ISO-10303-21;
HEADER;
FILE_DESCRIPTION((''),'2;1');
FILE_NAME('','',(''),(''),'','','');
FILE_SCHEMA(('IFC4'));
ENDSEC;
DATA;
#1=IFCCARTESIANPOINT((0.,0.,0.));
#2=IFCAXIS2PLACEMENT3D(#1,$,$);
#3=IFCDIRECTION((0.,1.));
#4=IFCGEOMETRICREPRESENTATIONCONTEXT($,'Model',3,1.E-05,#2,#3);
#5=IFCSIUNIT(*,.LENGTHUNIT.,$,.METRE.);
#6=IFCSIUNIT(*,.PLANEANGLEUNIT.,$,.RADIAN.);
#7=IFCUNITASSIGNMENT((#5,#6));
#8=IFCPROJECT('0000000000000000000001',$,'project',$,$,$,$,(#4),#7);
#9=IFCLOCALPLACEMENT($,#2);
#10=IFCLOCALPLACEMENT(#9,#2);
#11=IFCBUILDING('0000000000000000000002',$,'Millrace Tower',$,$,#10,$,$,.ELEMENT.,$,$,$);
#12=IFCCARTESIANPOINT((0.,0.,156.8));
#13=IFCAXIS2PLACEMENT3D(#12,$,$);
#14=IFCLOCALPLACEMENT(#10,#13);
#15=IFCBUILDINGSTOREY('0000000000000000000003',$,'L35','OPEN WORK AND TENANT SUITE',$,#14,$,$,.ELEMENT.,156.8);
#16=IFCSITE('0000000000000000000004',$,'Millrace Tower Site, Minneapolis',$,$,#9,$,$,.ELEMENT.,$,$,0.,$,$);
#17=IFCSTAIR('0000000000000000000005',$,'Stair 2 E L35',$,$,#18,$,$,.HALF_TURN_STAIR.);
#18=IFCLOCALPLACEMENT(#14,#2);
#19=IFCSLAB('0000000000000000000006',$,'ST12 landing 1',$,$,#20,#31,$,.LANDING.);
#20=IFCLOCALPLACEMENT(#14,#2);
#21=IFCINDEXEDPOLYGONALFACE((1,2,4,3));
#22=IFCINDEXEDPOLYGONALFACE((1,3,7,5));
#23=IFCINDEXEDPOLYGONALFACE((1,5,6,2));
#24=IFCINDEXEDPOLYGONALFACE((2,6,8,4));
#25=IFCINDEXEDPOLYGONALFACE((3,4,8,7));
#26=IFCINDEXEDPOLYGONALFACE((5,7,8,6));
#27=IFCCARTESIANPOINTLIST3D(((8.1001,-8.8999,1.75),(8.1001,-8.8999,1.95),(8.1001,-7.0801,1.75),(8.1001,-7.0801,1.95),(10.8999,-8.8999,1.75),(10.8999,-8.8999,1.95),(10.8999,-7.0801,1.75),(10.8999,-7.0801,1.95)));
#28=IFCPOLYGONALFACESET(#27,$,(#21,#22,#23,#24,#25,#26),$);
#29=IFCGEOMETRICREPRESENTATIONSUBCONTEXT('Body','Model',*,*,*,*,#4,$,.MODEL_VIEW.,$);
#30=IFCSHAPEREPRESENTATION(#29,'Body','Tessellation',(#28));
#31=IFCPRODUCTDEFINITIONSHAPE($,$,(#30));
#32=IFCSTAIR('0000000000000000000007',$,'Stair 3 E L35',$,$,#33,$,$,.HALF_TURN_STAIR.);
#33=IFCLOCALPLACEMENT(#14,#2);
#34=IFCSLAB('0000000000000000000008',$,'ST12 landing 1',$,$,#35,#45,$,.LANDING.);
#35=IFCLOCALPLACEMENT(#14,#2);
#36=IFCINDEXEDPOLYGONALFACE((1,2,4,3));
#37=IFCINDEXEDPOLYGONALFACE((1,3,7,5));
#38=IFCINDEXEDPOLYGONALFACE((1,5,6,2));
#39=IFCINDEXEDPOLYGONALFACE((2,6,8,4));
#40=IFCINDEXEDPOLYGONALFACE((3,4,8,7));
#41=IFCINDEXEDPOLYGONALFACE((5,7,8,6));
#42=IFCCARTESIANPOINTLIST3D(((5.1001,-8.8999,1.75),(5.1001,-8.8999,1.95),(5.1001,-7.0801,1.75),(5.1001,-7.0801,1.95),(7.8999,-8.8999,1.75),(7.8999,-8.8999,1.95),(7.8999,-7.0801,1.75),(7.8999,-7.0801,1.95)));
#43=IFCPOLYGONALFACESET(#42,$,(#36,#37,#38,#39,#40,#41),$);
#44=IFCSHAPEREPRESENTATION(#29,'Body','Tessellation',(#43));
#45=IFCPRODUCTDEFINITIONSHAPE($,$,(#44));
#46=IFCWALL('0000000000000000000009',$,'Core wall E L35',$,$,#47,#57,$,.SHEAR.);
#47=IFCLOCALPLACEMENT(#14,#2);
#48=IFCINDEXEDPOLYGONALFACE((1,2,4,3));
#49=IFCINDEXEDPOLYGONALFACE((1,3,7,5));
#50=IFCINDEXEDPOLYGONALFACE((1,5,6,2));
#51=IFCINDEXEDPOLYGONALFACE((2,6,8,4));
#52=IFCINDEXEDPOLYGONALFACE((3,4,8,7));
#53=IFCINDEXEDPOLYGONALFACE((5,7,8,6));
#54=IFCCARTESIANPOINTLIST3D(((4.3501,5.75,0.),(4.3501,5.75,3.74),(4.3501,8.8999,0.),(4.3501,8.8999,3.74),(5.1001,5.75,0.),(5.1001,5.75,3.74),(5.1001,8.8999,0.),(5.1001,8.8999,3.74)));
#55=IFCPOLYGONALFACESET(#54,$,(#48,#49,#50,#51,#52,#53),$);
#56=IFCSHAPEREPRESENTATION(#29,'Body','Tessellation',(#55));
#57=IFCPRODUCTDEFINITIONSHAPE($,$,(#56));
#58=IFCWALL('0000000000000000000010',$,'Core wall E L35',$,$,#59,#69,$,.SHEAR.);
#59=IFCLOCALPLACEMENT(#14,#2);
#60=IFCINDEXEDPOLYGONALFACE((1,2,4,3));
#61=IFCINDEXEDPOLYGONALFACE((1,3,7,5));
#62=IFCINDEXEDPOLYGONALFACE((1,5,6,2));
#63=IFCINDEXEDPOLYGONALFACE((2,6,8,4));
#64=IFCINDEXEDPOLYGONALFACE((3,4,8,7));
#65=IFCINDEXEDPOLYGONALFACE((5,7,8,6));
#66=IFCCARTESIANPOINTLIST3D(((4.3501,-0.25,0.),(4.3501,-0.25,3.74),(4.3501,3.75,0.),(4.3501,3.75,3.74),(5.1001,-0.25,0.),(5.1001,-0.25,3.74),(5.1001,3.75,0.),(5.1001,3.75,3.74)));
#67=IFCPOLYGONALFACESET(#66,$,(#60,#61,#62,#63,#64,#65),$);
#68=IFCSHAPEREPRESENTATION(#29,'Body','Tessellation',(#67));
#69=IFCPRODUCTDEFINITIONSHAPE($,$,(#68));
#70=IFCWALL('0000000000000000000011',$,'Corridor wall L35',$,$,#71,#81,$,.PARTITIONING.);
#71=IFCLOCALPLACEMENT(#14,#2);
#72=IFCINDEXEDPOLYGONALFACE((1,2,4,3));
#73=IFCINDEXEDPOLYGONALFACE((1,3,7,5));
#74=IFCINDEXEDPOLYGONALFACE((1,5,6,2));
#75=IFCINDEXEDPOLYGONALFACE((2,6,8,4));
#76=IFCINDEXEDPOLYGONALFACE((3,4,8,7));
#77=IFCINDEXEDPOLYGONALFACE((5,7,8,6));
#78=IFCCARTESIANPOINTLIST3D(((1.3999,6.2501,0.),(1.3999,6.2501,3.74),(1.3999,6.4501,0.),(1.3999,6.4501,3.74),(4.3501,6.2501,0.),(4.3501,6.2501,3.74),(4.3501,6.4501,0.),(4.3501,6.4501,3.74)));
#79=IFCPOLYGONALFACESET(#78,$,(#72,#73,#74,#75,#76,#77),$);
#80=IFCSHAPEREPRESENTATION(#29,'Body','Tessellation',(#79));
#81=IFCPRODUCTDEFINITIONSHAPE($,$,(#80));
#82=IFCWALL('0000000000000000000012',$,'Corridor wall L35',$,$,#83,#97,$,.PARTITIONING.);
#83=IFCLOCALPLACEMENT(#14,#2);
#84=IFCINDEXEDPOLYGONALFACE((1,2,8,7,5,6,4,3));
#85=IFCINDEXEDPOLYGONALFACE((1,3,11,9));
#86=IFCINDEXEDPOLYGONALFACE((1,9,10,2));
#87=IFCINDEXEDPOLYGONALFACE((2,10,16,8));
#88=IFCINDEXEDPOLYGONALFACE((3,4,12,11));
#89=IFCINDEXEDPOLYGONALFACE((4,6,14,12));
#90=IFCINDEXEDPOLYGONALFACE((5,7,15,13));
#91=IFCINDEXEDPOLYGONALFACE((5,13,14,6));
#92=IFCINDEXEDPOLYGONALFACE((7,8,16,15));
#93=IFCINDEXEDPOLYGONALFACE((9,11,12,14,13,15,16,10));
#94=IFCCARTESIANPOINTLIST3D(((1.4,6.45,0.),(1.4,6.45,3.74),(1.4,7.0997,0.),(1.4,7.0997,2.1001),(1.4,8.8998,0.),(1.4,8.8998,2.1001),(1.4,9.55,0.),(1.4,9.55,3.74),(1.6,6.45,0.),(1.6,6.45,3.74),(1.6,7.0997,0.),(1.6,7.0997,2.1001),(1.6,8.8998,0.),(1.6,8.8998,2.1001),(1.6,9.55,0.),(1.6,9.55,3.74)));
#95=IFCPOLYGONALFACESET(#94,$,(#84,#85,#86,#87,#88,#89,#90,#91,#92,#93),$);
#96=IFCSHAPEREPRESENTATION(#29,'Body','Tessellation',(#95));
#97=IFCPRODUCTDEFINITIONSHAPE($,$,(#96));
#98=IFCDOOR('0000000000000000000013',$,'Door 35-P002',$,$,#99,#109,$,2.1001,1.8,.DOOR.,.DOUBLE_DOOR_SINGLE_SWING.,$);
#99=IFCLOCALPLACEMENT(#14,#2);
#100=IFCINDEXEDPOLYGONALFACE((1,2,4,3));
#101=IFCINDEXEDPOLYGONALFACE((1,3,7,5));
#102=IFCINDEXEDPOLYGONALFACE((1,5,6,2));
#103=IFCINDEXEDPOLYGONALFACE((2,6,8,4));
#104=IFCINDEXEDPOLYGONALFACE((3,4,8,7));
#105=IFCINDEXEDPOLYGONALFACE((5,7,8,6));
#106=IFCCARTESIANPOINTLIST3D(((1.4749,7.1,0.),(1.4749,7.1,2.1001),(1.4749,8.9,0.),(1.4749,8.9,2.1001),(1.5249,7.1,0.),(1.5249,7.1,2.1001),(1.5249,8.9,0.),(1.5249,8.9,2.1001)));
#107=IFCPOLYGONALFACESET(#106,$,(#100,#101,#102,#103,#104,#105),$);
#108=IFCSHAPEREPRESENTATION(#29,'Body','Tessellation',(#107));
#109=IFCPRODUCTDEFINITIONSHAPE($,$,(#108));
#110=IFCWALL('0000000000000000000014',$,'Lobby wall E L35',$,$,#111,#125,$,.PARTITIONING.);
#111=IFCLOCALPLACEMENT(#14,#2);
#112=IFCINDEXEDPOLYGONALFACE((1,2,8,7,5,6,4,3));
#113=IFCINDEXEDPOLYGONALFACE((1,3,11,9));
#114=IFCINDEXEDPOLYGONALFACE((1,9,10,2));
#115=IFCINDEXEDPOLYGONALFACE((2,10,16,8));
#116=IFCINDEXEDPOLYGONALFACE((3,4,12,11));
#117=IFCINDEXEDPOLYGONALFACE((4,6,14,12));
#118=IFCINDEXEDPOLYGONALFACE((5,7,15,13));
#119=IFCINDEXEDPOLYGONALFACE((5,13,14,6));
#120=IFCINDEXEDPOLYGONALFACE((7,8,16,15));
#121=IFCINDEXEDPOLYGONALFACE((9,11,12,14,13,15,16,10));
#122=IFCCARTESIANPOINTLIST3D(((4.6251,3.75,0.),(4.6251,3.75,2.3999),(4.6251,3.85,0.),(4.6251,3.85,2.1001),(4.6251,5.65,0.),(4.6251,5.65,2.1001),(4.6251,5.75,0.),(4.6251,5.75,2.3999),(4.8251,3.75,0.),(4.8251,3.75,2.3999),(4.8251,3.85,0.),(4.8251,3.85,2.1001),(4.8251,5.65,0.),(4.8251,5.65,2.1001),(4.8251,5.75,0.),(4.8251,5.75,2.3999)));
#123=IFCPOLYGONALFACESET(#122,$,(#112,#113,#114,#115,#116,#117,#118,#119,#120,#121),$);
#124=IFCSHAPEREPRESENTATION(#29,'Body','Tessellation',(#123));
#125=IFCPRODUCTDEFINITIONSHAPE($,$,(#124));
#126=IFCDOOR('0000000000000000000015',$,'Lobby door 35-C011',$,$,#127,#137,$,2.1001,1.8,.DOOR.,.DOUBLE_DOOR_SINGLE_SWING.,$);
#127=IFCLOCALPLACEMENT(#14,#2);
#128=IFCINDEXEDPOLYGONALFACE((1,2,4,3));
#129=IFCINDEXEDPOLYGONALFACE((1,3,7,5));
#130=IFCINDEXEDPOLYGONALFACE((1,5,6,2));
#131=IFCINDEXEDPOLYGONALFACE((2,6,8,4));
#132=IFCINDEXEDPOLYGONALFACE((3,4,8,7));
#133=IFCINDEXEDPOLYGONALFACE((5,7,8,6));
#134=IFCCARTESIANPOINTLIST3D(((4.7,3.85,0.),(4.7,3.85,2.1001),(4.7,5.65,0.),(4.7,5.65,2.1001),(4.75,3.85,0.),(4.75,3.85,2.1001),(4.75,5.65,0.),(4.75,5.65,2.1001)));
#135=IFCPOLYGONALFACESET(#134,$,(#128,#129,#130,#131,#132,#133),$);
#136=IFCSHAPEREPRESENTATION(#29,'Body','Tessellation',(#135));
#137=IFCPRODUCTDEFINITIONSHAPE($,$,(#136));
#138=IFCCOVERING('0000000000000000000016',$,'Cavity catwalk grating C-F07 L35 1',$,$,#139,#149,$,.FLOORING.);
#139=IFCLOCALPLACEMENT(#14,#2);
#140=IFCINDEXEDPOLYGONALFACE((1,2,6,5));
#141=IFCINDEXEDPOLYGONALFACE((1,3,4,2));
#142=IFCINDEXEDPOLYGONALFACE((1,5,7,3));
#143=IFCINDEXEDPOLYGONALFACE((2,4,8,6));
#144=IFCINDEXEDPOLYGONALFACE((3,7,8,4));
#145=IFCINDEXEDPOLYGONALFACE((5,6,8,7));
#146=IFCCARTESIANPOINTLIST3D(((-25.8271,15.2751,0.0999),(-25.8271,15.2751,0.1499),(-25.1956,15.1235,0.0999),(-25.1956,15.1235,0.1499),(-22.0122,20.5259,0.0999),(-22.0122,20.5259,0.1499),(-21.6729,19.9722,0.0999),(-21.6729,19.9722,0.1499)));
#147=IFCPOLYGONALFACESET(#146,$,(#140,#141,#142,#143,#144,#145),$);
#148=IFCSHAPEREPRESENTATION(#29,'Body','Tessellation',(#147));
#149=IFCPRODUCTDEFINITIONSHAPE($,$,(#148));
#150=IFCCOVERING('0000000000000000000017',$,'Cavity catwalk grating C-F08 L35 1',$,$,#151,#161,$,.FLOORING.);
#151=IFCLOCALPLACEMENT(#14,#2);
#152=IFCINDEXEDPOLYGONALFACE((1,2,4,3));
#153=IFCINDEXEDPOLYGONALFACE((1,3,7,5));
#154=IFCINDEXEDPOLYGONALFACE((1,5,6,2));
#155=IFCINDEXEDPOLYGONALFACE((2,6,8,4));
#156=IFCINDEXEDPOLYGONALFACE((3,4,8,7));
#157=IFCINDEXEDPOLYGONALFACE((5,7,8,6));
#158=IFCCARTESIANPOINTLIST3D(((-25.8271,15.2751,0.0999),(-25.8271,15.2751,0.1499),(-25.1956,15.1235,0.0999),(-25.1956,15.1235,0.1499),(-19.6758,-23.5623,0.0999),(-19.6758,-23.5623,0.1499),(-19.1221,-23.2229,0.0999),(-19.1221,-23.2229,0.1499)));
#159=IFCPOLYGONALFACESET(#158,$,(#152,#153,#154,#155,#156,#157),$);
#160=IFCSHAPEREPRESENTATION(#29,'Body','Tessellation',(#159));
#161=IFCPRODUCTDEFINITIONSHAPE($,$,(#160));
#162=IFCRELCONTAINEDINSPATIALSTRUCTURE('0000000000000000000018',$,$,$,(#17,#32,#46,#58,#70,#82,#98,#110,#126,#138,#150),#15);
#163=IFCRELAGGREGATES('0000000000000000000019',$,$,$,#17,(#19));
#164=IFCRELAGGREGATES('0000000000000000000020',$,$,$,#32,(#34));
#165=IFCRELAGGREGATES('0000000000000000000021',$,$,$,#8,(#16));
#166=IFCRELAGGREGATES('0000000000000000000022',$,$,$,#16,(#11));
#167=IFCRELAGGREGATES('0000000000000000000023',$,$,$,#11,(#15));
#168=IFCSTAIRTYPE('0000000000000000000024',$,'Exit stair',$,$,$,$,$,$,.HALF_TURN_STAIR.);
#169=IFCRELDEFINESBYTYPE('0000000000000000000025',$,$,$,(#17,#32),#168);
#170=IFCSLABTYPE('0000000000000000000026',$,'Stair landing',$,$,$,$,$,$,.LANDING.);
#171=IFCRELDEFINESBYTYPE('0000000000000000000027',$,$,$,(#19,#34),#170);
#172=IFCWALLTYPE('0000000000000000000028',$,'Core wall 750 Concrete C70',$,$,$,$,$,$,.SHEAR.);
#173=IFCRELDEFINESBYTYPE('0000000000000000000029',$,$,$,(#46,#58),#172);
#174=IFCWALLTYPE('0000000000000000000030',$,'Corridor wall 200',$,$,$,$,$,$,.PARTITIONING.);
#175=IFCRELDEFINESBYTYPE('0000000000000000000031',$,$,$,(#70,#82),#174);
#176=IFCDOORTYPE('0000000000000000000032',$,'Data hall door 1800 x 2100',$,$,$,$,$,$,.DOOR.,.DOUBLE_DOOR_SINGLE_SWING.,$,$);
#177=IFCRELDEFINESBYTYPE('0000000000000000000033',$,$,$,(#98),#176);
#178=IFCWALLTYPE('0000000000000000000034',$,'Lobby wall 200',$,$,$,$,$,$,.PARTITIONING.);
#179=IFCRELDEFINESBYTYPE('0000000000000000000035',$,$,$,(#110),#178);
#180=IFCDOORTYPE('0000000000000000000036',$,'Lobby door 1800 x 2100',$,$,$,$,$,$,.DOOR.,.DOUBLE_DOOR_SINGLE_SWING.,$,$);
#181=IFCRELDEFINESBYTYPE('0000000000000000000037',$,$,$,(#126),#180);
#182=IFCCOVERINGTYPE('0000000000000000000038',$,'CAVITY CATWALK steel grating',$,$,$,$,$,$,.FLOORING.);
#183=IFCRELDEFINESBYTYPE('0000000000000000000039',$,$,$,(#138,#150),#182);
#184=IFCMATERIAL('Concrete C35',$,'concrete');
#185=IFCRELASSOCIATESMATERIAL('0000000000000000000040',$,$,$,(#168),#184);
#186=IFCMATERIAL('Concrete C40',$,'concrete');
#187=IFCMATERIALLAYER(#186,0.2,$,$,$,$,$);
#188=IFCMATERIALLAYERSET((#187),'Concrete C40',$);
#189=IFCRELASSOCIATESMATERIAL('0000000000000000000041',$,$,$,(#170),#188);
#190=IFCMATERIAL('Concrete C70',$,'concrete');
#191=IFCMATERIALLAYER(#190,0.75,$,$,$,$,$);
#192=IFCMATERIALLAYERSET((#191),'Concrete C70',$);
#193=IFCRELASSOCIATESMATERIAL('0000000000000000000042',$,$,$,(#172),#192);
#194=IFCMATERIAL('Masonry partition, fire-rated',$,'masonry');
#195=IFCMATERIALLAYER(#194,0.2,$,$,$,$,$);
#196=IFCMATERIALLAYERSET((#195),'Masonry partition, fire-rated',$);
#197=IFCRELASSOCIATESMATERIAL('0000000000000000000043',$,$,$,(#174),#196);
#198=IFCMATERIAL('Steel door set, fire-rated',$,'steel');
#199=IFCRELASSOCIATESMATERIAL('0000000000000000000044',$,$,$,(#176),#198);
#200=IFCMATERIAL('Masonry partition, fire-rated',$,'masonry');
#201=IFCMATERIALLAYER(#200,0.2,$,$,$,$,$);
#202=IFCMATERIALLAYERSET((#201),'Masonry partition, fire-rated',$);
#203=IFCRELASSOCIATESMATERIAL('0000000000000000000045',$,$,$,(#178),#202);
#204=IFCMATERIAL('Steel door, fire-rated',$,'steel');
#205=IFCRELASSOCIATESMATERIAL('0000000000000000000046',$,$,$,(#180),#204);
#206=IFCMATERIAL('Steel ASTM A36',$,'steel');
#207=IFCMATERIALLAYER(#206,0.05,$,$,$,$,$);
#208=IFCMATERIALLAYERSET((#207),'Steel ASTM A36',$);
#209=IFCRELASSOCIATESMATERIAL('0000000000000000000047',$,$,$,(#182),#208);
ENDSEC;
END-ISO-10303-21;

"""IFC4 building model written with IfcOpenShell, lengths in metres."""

from ifc_helpers import new_model, si_unit, direction, frame, frame_2d, origin, place, context, subcontext, project, spatial, polyline, rectangle, outline, extrude, material, layer, layer_set, type_object, element, fill, aggregate, save


model = new_model("IFC4")

# Units and contexts
model_context = context("Model", 3, precision=1e-05, world=origin(), true_north=direction((0.0, 1.0)))
body_context = subcontext(model_context, "Body", "Model", "MODEL_VIEW")
ifc_project = project(units=[si_unit("LENGTHUNIT", "METRE"), si_unit("PLANEANGLEUNIT", "RADIAN")], contexts=[model_context])

# Site, building, storey
site_placement = place(None, origin())
site = spatial("IfcSite", under=ifc_project, at=site_placement, Name="Millrace Tower Site, Minneapolis", CompositionType="ELEMENT", RefElevation=0.0)
building_placement = place(site_placement, origin())
building = spatial("IfcBuilding", under=site, at=building_placement, Name="Millrace Tower", CompositionType="ELEMENT")
storey_placement = place(building_placement, frame((0.0, 0.0, 156.8)))
storey = spatial("IfcBuildingStorey", under=building, at=storey_placement, Name="L35", Description="OPEN WORK AND TENANT SUITE", CompositionType="ELEMENT", Elevation=156.8)

# Shared definitions
placement_1 = place(storey_placement, origin())

# Stairs, slabs
ifc_material_1 = material(Name="Concrete C35", Category="concrete")
stair_type = type_object("IfcStairType", Name="Exit stair", PredefinedType="HALF_TURN_STAIR", material=ifc_material_1)
ifc_material_2 = material(Name="Concrete C40", Category="concrete")
ifc_layer_1 = layer(ifc_material_2, 0.2)
ifc_layer_set_1 = layer_set([ifc_layer_1], Name="Concrete C40")
slab_type = type_object("IfcSlabType", Name="Stair landing", PredefinedType="LANDING", material=ifc_layer_set_1)
placement_2 = place(storey_placement, frame((0.0, 0.0, 1.75)))
stair_1 = element("IfcStair", 1, at=placement_1, inside=storey, type_object=stair_type, Name="Stair 2 E L35", PredefinedType="HALF_TURN_STAIR")
slab_1 = element("IfcSlab", 2, at=placement_2, type_object=slab_type, Name="ST12 landing 1", PredefinedType="LANDING", context=body_context, shape_type="SweptSolid", body=[
    extrude(outline(polyline([(8.1001, -8.8999), (10.8999, -8.8999), (10.8999, -7.0801), (8.1001, -7.0801), (8.1001, -8.8999)])), origin(), (0.0, 0.0, 1.0), 0.2),
])
aggregate(stair_1, [slab_1])
stair_2 = element("IfcStair", 3, at=placement_1, inside=storey, type_object=stair_type, Name="Stair 3 E L35", PredefinedType="HALF_TURN_STAIR")
slab_2 = element("IfcSlab", 4, at=placement_2, type_object=slab_type, Name="ST12 landing 1", PredefinedType="LANDING", context=body_context, shape_type="SweptSolid", body=[
    extrude(outline(polyline([(5.1001, -8.8999), (7.8999, -8.8999), (7.8999, -7.0801), (5.1001, -7.0801), (5.1001, -8.8999)])), origin(), (0.0, 0.0, 1.0), 0.2),
])
aggregate(stair_2, [slab_2])

# Walls
ifc_material_3 = material(Name="Concrete C70", Category="concrete")
ifc_layer_2 = layer(ifc_material_3, 0.75)
ifc_layer_set_2 = layer_set([ifc_layer_2], Name="Concrete C70")
wall_type_1 = type_object("IfcWallType", Name="Core wall 750 Concrete C70", PredefinedType="SHEAR", material=ifc_layer_set_2)
wall_1_placement = place(storey_placement, frame((4.7251, 8.8999, 0.0), z_axis=(0.0, 0.0, 1.0), x_axis=(0.0, -1.0, 0.0)))
element("IfcWall", 5, at=wall_1_placement, inside=storey, type_object=wall_type_1, Name="Core wall E L35", PredefinedType="SHEAR", context=body_context, shape_type="SweptSolid", body=[
    extrude(rectangle(XDim=3.1499, YDim=0.75, at=frame_2d((1.575, 0.0))), origin(), (0.0, 0.0, 1.0), 3.74),
])
wall_2_placement = place(storey_placement, frame((4.7251, 3.75, 0.0), z_axis=(0.0, 0.0, 1.0), x_axis=(0.0, -1.0, 0.0)))
element("IfcWall", 6, at=wall_2_placement, inside=storey, type_object=wall_type_1, Name="Core wall E L35", PredefinedType="SHEAR", context=body_context, shape_type="SweptSolid", body=[
    extrude(rectangle(XDim=4.0, YDim=0.75, at=frame_2d((2.0, 0.0))), origin(), (0.0, 0.0, 1.0), 3.74),
])
ifc_material_4 = material(Name="Masonry partition, fire-rated", Category="masonry")
ifc_layer_3 = layer(ifc_material_4, 0.2)
ifc_layer_set_3 = layer_set([ifc_layer_3], Name="Masonry partition, fire-rated")
wall_type_2 = type_object("IfcWallType", Name="Corridor wall 200", PredefinedType="PARTITIONING", material=ifc_layer_set_3)
wall_3_placement = place(storey_placement, frame((1.3999, 6.3501, 0.0), z_axis=(0.0, 0.0, 1.0), x_axis=(1.0, 0.0, 0.0)))
element("IfcWall", 7, at=wall_3_placement, inside=storey, type_object=wall_type_2, Name="Corridor wall L35", PredefinedType="PARTITIONING", context=body_context, shape_type="SweptSolid", body=[
    extrude(rectangle(XDim=2.9502, YDim=0.2, at=frame_2d((1.4751, 0.0))), origin(), (0.0, 0.0, 1.0), 3.74),
])

# Walls, openings, doors
wall_4_placement = place(storey_placement, frame((1.5, 6.45, 0.0), z_axis=(0.0, 0.0, 1.0), x_axis=(0.0, 1.0, 0.0)))
wall_4 = element("IfcWall", 8, at=wall_4_placement, inside=storey, type_object=wall_type_2, Name="Corridor wall L35", PredefinedType="PARTITIONING", context=body_context, shape_type="SweptSolid", body=[
    extrude(rectangle(XDim=3.1001, YDim=0.2, at=frame_2d((1.55, 0.0))), origin(), (0.0, 0.0, 1.0), 3.74),
])
opening_1_placement = place(wall_4_placement, frame((0.6499, 0.0, 0.0)))
opening_1 = element("IfcOpeningElement", 9, at=opening_1_placement, cuts=wall_4, PredefinedType="OPENING", context=body_context, shape_type="SweptSolid", body=[
    extrude(rectangle(XDim=1.8, YDim=2.1001, at=frame_2d((0.8999, 1.05))), frame((0.0, 0.1099, 0.0), z_axis=(0.0, -1.0, 0.0), x_axis=(1.0, 0.0, 0.0)), (0.0, 0.0, 1.0), 0.22),
])
ifc_material_5 = material(Name="Steel door set, fire-rated", Category="steel")
door_type_1 = type_object("IfcDoorType", Name="Data hall door 1800 x 2100", OperationType="DOUBLE_DOOR_SINGLE_SWING", PredefinedType="DOOR", material=ifc_material_5)
door_1_placement = place(opening_1_placement, frame((1.8, 0.0, 0.0), z_axis=(0.0, 0.0, 1.0), x_axis=(-1.0, 0.0, 0.0)))
door_1 = element("IfcDoor", 10, at=door_1_placement, inside=storey, type_object=door_type_1, Name="Door 35-P002", OperationType="DOUBLE_DOOR_SINGLE_SWING", OverallHeight=2.1001, OverallWidth=1.8, PredefinedType="DOOR", context=body_context, shape_type="SweptSolid", body=[
    extrude(rectangle(XDim=1.8, YDim=2.1001, at=frame_2d((0.8999, 1.05))), frame((0.0, 0.0249, 0.0), z_axis=(0.0, -1.0, 0.0), x_axis=(1.0, 0.0, 0.0)), (0.0, 0.0, 1.0), 0.05),
])
fill(opening_1, door_1)
ifc_material_6 = material(Name="Masonry partition, fire-rated", Category="masonry")
ifc_layer_4 = layer(ifc_material_6, 0.2)
ifc_layer_set_4 = layer_set([ifc_layer_4], Name="Masonry partition, fire-rated")
wall_type_3 = type_object("IfcWallType", Name="Lobby wall 200", PredefinedType="PARTITIONING", material=ifc_layer_set_4)
wall_5_placement = place(storey_placement, frame((4.7251, 5.75, 0.0), z_axis=(0.0, 0.0, 1.0), x_axis=(0.0, -1.0, 0.0)))
wall_5 = element("IfcWall", 11, at=wall_5_placement, inside=storey, type_object=wall_type_3, Name="Lobby wall E L35", PredefinedType="PARTITIONING", context=body_context, shape_type="SweptSolid", body=[
    extrude(rectangle(XDim=2.0, YDim=0.2, at=frame_2d((1.0, 0.0))), origin(), (0.0, 0.0, 1.0), 2.3999),
])
opening_2_placement = place(wall_5_placement, frame((0.1001, 0.0, 0.0)))
opening_2 = element("IfcOpeningElement", 12, at=opening_2_placement, cuts=wall_5, PredefinedType="OPENING", context=body_context, shape_type="SweptSolid", body=[
    extrude(rectangle(XDim=1.8, YDim=2.1001, at=frame_2d((0.8999, 1.05))), frame((0.0, 0.1099, 0.0), z_axis=(0.0, -1.0, 0.0), x_axis=(1.0, 0.0, 0.0)), (0.0, 0.0, 1.0), 0.22),
])
ifc_material_7 = material(Name="Steel door, fire-rated", Category="steel")
door_type_2 = type_object("IfcDoorType", Name="Lobby door 1800 x 2100", OperationType="DOUBLE_DOOR_SINGLE_SWING", PredefinedType="DOOR", material=ifc_material_7)
door_2_placement = place(opening_2_placement, origin())
door_2 = element("IfcDoor", 13, at=door_2_placement, inside=storey, type_object=door_type_2, Name="Lobby door 35-C011", OperationType="DOUBLE_DOOR_SINGLE_SWING", OverallHeight=2.1001, OverallWidth=1.8, PredefinedType="DOOR", context=body_context, shape_type="SweptSolid", body=[
    extrude(rectangle(XDim=1.8, YDim=2.1001, at=frame_2d((0.8999, 1.05))), frame((0.0, 0.0249, 0.0), z_axis=(0.0, -1.0, 0.0), x_axis=(1.0, 0.0, 0.0)), (0.0, 0.0, 1.0), 0.05),
])
fill(opening_2, door_2)

# Coverings
ifc_material_8 = material(Name="Steel ASTM A36", Category="steel")
ifc_layer_5 = layer(ifc_material_8, 0.05)
ifc_layer_set_5 = layer_set([ifc_layer_5], Name="Steel ASTM A36")
covering_type = type_object("IfcCoveringType", Name="CAVITY CATWALK steel grating", PredefinedType="FLOORING", material=ifc_layer_set_5)
placement_3 = place(storey_placement, frame((0.0, 0.0, 0.0999)))
element("IfcCovering", 14, at=placement_3, inside=storey, type_object=covering_type, Name="Cavity catwalk grating C-F07 L35 1", PredefinedType="FLOORING", context=body_context, shape_type="SweptSolid", body=[
    extrude(outline(polyline([(-22.0122, 20.5259), (-25.8271, 15.2751), (-25.1956, 15.1235), (-21.6729, 19.9722), (-22.0122, 20.5259)])), origin(), (0.0, 0.0, 1.0), 0.05),
])
element("IfcCovering", 15, at=placement_3, inside=storey, type_object=covering_type, Name="Cavity catwalk grating C-F08 L35 1", PredefinedType="FLOORING", context=body_context, shape_type="SweptSolid", body=[
    extrude(outline(polyline([(-25.8271, 15.2751), (-19.6758, -23.5623), (-19.1221, -23.2229), (-25.1956, 15.1235), (-25.8271, 15.2751)])), origin(), (0.0, 0.0, 1.0), 0.05),
])

save(model, "model.ifc")
